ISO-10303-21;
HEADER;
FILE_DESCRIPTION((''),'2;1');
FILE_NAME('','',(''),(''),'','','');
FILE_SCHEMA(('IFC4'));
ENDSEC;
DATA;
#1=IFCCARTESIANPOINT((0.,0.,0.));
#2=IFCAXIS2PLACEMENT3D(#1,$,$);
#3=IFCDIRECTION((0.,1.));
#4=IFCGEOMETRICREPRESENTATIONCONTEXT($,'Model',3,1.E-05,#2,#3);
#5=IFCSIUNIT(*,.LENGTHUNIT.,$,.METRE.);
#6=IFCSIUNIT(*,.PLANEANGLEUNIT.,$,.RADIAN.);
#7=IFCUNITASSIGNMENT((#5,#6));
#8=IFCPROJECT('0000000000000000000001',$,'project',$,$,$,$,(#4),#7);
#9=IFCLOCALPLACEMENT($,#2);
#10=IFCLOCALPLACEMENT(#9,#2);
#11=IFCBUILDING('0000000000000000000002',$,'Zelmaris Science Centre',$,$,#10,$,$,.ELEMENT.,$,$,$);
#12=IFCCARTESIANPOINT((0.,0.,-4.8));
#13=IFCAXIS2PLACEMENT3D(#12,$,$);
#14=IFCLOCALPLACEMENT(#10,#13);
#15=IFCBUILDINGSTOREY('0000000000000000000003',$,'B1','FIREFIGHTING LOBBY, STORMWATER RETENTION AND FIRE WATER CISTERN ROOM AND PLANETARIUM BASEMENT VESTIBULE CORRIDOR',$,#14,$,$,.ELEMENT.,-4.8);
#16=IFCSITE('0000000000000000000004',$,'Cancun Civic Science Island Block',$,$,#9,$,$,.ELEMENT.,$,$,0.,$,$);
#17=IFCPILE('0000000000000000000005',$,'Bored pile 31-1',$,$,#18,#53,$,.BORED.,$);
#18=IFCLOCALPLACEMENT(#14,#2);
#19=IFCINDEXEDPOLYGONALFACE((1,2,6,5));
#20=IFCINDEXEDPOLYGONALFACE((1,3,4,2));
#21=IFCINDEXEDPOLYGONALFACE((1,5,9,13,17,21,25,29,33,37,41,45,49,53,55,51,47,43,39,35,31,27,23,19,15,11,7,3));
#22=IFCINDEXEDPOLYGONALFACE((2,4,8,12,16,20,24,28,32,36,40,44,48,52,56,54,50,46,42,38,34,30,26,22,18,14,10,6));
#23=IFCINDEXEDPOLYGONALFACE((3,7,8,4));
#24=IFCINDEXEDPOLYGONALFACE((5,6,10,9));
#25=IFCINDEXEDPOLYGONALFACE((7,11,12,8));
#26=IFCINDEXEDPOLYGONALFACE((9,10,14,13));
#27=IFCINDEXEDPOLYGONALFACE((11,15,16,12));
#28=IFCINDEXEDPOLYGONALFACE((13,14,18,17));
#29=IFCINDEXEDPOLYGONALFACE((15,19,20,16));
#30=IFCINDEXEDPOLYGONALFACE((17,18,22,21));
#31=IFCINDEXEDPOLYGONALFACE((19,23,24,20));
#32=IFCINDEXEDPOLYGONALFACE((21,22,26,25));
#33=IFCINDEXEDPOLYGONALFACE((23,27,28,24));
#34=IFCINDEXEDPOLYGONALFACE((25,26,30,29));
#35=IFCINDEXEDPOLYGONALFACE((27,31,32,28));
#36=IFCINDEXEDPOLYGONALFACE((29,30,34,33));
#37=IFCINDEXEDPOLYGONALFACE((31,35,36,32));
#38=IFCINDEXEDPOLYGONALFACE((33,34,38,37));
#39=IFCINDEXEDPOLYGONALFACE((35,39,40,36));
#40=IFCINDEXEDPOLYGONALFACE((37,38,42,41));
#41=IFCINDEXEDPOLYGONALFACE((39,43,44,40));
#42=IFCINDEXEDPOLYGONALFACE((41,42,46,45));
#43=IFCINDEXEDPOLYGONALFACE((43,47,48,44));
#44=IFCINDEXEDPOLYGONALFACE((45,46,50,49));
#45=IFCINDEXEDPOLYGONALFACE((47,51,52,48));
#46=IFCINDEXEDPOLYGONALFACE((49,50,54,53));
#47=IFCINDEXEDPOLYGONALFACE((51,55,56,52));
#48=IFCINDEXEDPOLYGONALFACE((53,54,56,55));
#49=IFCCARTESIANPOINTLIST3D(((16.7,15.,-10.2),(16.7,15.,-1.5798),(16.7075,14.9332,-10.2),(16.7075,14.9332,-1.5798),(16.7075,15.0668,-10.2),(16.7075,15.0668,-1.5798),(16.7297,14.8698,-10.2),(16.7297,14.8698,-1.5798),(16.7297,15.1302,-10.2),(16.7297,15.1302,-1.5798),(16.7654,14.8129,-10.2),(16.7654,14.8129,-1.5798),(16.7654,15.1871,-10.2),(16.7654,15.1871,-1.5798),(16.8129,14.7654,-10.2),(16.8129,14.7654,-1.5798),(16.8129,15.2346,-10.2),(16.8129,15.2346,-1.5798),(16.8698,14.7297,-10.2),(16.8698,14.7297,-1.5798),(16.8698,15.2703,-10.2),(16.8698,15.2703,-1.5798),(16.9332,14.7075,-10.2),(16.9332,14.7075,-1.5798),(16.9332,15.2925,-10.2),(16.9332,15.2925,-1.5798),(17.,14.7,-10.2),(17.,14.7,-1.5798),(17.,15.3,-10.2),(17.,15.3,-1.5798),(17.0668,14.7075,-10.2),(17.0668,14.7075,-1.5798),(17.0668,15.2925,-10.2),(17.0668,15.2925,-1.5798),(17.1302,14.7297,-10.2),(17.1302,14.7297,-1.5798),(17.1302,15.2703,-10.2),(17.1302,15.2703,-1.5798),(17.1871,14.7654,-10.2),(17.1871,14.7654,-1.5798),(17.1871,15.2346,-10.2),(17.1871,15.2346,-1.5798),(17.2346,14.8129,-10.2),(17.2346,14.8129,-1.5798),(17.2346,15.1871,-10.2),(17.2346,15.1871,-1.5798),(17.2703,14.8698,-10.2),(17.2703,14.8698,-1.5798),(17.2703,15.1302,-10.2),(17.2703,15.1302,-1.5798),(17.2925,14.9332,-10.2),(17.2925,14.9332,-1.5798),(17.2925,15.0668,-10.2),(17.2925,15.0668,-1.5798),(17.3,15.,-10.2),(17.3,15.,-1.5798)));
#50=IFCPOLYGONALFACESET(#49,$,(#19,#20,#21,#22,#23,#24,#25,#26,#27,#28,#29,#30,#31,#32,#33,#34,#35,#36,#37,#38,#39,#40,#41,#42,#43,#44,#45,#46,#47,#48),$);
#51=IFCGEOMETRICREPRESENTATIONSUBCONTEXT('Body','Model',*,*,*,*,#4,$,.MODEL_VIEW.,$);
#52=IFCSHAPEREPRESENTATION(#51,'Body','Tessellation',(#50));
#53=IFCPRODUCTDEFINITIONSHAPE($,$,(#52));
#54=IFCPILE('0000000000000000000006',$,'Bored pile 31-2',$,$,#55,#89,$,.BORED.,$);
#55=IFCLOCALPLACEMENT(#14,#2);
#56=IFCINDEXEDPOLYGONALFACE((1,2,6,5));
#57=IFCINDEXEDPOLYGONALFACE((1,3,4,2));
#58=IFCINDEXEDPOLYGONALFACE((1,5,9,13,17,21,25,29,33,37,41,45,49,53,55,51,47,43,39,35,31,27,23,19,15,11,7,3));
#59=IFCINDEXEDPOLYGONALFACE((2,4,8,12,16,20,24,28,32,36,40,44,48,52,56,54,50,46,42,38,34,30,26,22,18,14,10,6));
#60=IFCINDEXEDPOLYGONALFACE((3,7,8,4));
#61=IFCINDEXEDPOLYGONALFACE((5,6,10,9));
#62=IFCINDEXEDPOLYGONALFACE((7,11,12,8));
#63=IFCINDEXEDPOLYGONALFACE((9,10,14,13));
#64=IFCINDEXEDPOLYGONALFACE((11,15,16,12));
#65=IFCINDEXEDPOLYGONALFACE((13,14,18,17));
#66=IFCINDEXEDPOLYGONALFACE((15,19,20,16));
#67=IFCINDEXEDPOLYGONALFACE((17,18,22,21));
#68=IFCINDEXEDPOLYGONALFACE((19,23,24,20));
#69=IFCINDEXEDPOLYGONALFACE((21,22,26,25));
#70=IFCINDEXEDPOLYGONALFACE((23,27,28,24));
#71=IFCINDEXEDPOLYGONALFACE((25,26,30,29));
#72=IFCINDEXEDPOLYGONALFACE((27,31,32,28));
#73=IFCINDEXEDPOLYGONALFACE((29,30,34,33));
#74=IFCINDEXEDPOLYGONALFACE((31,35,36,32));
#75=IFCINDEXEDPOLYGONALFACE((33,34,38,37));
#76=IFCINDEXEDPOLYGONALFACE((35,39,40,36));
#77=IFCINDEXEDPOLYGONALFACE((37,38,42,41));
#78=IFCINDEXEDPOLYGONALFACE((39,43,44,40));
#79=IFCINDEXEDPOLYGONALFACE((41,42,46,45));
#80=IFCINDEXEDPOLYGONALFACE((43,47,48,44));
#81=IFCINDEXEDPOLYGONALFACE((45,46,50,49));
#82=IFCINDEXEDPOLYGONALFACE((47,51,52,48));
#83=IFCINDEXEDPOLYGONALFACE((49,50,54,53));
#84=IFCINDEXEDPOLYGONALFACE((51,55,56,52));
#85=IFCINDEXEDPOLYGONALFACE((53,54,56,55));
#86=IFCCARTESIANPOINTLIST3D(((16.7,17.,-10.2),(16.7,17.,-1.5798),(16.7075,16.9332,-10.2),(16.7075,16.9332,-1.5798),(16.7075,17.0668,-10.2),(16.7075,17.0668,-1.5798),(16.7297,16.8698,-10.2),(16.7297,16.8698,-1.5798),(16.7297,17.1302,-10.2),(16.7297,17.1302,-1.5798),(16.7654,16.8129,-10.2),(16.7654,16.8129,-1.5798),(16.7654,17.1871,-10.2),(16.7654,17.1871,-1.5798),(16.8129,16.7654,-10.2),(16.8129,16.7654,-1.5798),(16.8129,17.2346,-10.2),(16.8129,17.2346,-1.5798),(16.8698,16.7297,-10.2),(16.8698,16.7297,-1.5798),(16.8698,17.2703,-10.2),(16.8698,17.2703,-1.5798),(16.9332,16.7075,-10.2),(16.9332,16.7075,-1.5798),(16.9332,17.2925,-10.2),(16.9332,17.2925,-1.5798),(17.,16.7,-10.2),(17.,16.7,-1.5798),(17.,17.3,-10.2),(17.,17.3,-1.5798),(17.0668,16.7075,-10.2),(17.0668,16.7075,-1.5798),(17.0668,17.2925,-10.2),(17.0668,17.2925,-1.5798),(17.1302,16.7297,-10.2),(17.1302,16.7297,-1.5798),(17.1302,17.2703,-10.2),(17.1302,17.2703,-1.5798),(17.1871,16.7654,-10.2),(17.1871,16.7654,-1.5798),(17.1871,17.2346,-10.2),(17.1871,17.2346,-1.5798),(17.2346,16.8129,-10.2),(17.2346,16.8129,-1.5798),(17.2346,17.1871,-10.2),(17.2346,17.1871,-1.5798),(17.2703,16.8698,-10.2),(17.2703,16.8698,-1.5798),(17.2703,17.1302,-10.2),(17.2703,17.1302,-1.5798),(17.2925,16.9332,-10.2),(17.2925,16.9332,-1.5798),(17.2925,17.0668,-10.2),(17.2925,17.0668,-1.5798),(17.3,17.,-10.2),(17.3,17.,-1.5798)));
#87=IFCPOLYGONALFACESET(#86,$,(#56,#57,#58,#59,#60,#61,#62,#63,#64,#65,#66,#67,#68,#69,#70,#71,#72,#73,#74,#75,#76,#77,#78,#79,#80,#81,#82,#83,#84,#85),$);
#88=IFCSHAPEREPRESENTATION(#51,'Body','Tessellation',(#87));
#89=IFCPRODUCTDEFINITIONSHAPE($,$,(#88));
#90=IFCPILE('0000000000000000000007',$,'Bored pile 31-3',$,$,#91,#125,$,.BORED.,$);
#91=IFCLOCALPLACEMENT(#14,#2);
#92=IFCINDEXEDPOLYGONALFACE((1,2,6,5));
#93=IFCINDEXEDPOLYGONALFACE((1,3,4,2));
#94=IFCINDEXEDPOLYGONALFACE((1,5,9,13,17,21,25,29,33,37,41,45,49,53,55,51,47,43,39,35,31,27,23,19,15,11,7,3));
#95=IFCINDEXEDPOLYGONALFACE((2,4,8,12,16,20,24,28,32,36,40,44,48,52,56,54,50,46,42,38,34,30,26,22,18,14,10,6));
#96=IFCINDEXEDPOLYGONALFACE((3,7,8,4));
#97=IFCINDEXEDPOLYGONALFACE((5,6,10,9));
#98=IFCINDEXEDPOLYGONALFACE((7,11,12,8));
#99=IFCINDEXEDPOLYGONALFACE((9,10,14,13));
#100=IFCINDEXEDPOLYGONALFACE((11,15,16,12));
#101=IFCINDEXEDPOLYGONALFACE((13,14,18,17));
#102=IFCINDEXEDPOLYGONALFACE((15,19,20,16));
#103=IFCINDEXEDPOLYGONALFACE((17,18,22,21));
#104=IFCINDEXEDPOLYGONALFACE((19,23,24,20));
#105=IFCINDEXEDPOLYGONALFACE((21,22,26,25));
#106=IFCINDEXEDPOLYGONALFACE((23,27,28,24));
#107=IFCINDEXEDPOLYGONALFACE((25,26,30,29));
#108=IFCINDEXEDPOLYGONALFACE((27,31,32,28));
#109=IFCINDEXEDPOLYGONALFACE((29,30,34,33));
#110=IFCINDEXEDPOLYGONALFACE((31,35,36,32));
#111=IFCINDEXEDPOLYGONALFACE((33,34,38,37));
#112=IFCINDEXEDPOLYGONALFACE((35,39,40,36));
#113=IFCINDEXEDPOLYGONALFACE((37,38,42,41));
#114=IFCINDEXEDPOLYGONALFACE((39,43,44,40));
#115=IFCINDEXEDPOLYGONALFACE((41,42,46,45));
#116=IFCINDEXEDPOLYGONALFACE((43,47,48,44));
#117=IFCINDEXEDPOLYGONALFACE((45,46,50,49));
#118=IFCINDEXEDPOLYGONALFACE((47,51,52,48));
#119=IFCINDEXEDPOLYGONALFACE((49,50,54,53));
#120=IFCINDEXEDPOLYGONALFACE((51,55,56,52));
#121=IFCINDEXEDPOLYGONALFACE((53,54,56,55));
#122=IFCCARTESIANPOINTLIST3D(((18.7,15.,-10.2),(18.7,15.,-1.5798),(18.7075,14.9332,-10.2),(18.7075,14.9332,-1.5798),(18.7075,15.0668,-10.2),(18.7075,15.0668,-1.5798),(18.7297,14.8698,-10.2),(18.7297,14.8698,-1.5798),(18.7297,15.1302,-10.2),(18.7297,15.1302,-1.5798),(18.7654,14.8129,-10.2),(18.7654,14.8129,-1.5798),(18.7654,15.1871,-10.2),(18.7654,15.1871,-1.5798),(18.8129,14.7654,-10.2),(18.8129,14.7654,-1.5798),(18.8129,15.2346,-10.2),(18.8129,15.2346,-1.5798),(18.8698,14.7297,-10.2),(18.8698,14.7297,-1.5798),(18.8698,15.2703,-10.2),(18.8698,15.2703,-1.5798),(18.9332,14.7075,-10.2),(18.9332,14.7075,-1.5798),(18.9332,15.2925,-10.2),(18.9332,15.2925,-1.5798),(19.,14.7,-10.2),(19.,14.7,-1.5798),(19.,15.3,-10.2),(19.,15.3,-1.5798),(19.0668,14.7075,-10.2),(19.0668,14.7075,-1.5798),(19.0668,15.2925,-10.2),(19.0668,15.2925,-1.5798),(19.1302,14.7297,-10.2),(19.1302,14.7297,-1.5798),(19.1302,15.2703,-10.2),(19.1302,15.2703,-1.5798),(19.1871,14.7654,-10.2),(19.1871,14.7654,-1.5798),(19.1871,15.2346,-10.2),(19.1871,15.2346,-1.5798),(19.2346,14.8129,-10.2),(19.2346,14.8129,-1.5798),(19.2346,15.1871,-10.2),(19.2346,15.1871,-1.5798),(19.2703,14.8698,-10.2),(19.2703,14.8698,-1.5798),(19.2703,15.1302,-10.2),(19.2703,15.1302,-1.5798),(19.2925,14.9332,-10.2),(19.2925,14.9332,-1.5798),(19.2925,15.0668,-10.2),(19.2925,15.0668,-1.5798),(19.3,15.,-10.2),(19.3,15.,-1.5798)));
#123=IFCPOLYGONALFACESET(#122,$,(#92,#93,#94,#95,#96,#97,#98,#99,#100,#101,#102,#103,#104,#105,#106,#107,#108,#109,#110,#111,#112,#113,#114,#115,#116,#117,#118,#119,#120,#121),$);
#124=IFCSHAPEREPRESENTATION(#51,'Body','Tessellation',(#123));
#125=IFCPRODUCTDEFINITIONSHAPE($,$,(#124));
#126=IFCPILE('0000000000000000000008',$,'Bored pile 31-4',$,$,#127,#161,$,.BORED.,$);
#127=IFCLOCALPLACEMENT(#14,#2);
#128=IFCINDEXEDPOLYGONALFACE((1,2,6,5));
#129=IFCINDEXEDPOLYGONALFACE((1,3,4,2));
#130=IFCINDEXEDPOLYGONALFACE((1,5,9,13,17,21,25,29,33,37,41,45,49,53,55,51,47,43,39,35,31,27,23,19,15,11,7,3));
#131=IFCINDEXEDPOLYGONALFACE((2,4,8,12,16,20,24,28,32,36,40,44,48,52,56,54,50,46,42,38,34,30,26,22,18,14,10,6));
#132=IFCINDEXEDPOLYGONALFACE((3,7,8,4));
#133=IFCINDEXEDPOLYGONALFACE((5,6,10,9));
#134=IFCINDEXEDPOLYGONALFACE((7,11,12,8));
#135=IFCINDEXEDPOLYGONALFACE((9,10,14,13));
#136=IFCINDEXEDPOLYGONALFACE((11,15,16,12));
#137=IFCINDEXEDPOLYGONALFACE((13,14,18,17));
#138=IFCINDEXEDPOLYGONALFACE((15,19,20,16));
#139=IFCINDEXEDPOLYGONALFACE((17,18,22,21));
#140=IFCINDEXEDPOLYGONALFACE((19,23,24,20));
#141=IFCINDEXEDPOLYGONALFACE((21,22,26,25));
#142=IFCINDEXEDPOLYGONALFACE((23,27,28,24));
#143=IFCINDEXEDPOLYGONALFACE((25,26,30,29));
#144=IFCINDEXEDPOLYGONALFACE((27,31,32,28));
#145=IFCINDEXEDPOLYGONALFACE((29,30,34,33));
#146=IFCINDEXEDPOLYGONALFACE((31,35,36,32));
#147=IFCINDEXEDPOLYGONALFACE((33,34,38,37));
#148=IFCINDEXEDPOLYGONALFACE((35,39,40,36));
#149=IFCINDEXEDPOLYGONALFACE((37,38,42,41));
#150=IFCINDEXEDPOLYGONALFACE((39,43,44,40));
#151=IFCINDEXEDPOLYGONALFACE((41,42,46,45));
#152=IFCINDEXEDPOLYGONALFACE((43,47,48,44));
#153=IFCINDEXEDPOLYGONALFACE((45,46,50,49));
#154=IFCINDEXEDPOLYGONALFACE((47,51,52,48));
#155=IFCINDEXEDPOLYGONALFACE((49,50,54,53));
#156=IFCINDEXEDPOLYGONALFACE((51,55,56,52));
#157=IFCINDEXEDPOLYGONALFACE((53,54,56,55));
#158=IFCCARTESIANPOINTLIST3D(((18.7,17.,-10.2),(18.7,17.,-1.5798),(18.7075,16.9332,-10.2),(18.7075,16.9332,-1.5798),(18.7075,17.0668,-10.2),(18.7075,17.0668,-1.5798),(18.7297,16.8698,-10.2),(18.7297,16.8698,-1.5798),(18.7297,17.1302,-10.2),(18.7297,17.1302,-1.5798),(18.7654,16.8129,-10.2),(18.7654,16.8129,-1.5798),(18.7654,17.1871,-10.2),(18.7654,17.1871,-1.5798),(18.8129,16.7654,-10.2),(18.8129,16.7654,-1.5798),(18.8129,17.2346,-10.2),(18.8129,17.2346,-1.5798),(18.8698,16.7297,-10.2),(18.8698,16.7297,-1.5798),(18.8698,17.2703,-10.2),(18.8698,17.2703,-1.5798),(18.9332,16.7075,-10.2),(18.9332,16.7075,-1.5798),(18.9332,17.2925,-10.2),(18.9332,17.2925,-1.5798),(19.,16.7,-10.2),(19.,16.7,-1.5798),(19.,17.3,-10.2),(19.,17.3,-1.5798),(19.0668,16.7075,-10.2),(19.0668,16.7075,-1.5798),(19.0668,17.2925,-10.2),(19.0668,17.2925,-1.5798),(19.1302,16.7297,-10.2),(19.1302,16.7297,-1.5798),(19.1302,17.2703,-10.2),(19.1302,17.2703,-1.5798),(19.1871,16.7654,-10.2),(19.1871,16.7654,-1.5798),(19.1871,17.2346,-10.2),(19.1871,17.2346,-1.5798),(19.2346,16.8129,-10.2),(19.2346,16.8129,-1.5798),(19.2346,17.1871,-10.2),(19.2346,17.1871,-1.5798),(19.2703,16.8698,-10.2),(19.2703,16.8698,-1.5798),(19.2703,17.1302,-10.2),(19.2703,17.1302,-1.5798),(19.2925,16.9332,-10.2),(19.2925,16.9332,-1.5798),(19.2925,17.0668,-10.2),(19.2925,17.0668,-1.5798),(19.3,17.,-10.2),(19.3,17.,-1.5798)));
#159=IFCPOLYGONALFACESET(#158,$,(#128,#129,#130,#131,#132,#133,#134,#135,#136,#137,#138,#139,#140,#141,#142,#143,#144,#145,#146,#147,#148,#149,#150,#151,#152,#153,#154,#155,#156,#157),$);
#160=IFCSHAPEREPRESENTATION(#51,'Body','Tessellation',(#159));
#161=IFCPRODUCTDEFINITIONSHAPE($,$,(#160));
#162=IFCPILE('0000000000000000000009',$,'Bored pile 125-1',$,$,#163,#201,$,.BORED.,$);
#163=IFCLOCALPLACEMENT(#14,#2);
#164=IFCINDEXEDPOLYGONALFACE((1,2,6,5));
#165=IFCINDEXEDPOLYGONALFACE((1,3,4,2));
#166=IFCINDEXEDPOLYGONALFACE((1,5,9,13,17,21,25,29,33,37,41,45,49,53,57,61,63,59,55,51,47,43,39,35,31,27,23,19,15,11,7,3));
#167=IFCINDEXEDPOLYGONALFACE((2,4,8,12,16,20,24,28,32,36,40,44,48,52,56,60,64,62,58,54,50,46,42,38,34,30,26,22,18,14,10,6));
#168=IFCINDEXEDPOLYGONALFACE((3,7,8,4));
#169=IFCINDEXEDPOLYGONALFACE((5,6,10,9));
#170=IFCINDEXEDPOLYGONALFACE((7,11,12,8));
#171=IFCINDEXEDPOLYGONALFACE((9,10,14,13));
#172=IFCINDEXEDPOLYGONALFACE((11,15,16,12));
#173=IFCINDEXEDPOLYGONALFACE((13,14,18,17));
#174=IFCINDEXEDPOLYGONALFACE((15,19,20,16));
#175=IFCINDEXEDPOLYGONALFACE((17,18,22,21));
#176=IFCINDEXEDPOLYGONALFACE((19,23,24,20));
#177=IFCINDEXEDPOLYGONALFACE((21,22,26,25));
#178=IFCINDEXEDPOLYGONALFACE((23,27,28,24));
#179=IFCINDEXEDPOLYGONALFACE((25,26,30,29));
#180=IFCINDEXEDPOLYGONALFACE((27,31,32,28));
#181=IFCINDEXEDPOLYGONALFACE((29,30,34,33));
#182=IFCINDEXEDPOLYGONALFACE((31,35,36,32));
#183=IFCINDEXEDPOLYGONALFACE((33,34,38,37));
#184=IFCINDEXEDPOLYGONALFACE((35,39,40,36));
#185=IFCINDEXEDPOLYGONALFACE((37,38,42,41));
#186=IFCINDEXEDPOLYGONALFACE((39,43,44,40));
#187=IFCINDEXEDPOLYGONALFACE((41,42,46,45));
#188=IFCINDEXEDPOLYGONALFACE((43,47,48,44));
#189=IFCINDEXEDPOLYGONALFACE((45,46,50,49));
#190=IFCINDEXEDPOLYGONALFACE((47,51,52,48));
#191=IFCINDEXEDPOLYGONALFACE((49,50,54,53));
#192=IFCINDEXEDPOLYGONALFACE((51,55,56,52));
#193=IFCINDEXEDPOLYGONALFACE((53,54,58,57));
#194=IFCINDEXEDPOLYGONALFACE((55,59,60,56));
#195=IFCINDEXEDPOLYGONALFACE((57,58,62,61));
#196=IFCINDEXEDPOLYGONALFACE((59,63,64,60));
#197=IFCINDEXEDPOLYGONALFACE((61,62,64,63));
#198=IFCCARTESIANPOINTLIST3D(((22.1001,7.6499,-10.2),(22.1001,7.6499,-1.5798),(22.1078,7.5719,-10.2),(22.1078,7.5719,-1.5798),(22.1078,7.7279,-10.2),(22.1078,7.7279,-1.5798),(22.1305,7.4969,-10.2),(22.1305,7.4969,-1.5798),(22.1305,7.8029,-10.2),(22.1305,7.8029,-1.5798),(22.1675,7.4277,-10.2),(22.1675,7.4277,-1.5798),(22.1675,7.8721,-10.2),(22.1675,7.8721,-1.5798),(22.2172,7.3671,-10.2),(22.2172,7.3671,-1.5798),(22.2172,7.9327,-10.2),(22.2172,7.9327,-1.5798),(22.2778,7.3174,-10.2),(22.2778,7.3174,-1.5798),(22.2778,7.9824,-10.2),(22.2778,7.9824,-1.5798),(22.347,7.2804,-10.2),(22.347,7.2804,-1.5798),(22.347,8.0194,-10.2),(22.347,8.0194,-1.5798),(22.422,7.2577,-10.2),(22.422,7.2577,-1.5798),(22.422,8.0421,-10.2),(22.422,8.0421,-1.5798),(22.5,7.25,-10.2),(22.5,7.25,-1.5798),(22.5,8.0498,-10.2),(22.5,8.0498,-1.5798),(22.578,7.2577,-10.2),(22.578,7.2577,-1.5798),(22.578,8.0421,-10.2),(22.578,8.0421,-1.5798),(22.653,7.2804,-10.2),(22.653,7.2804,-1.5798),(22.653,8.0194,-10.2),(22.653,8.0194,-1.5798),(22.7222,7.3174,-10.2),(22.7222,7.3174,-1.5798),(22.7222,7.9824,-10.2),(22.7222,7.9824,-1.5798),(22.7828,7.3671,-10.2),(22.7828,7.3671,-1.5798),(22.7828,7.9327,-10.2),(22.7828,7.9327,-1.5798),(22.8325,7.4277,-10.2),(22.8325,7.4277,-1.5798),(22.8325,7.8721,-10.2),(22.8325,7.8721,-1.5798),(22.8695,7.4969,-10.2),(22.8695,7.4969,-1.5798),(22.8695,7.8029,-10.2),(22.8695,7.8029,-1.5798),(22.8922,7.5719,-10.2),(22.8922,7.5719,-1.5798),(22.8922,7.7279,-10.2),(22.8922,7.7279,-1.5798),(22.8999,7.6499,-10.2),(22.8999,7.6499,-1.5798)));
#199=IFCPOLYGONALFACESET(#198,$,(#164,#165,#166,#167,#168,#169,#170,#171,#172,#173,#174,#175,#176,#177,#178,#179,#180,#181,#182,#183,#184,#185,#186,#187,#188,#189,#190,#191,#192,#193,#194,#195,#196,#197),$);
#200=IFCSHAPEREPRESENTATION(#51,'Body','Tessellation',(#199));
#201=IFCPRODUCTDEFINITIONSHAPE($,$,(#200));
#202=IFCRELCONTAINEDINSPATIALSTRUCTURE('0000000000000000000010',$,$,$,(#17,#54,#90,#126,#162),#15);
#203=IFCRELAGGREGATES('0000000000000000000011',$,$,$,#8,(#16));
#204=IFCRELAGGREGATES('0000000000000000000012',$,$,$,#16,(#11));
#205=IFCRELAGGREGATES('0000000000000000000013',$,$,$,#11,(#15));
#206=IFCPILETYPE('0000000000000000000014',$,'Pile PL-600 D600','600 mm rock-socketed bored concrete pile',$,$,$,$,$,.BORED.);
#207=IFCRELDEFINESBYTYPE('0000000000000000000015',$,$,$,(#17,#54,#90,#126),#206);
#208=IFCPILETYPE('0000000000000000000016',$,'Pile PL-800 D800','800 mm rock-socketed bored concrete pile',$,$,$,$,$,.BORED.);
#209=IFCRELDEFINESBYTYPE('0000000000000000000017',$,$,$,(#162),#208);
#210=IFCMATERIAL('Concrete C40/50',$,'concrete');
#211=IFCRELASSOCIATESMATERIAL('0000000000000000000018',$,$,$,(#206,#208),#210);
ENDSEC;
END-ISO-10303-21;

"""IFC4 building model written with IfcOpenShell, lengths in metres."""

from ifc_helpers import new_model, si_unit, direction, frame, origin, origin_2d, place, context, subcontext, project, spatial, circle, extrude, material, material_profile, profile_set, type_object, element, save


model = new_model("IFC4")

# Units and contexts
model_context = context("Model", 3, precision=1e-05, world=origin(), true_north=direction((0.0, 1.0)))
body_context = subcontext(model_context, "Body", "Model", "MODEL_VIEW")
ifc_project = project(units=[si_unit("LENGTHUNIT", "METRE"), si_unit("PLANEANGLEUNIT", "RADIAN")], contexts=[model_context])

# Site, building, storey
site_placement = place(None, origin())
site = spatial("IfcSite", under=ifc_project, at=site_placement, Name="Cancun Civic Science Island Block", CompositionType="ELEMENT", RefElevation=0.0)
building_placement = place(site_placement, origin())
building = spatial("IfcBuilding", under=site, at=building_placement, Name="Zelmaris Science Centre", CompositionType="ELEMENT")
storey_placement = place(building_placement, frame((0.0, 0.0, -4.8)))
storey = spatial("IfcBuildingStorey", under=building, at=storey_placement, Name="B1", Description="FIREFIGHTING LOBBY, STORMWATER RETENTION AND FIRE WATER CISTERN ROOM AND PLANETARIUM BASEMENT VESTIBULE CORRIDOR", CompositionType="ELEMENT", Elevation=-4.8)

# Shared definitions
ifc_material_1 = material(Name="Concrete C40/50", Category="concrete")

# Piles
ifc_material_profile_1 = material_profile(ifc_material_1, circle(Radius=0.3, at=origin_2d()), Name="PILE-600")
ifc_profile_set_1 = profile_set([ifc_material_profile_1], Name="Concrete C40/50")
pile_type_1 = type_object("IfcPileType", Name="Pile PL-600 D600", Description="600 mm rock-socketed bored concrete pile", PredefinedType="BORED", material=ifc_profile_set_1)
for number, where, z_axis, x_axis, name in (
    (1, (17.0, 15.0, -1.5798), (0.0, 0.0, -1.0), (1.0, 0.0, 0.0), "Bored pile 31-1"),
    (2, (17.0, 17.0, -1.5798), (0.0, 0.0, -1.0), (1.0, 0.0, 0.0), "Bored pile 31-2"),
    (3, (19.0, 15.0, -1.5798), (0.0, 0.0, -1.0), (1.0, 0.0, 0.0), "Bored pile 31-3"),
    (4, (19.0, 17.0, -1.5798), (0.0, 0.0, -1.0), (1.0, 0.0, 0.0), "Bored pile 31-4"),
):
    element("IfcPile", number, at=place(storey_placement, frame(where, z_axis=z_axis, x_axis=x_axis)), inside=storey, type_object=pile_type_1, Name=name, PredefinedType="BORED", context=body_context, shape_type="SweptSolid", body=[
        extrude(circle(Radius=0.3, at=origin_2d()), origin(), (0.0, 0.0, 1.0), 8.6201),
    ])
ifc_material_profile_2 = material_profile(ifc_material_1, circle(Radius=0.3999, at=origin_2d()), Name="PILE-800")
ifc_profile_set_2 = profile_set([ifc_material_profile_2], Name="Concrete C40/50")
pile_type_2 = type_object("IfcPileType", Name="Pile PL-800 D800", Description="800 mm rock-socketed bored concrete pile", PredefinedType="BORED", material=ifc_profile_set_2)
pile_1_placement = place(storey_placement, frame((22.5, 7.6499, -1.5798), z_axis=(0.0, 0.0, -1.0), x_axis=(1.0, 0.0, 0.0)))
element("IfcPile", 5, at=pile_1_placement, inside=storey, type_object=pile_type_2, Name="Bored pile 125-1", PredefinedType="BORED", context=body_context, shape_type="SweptSolid", body=[
    extrude(circle(Radius=0.3999, at=origin_2d()), origin(), (0.0, 0.0, 1.0), 8.6201),
])

save(model, "model.ifc")
